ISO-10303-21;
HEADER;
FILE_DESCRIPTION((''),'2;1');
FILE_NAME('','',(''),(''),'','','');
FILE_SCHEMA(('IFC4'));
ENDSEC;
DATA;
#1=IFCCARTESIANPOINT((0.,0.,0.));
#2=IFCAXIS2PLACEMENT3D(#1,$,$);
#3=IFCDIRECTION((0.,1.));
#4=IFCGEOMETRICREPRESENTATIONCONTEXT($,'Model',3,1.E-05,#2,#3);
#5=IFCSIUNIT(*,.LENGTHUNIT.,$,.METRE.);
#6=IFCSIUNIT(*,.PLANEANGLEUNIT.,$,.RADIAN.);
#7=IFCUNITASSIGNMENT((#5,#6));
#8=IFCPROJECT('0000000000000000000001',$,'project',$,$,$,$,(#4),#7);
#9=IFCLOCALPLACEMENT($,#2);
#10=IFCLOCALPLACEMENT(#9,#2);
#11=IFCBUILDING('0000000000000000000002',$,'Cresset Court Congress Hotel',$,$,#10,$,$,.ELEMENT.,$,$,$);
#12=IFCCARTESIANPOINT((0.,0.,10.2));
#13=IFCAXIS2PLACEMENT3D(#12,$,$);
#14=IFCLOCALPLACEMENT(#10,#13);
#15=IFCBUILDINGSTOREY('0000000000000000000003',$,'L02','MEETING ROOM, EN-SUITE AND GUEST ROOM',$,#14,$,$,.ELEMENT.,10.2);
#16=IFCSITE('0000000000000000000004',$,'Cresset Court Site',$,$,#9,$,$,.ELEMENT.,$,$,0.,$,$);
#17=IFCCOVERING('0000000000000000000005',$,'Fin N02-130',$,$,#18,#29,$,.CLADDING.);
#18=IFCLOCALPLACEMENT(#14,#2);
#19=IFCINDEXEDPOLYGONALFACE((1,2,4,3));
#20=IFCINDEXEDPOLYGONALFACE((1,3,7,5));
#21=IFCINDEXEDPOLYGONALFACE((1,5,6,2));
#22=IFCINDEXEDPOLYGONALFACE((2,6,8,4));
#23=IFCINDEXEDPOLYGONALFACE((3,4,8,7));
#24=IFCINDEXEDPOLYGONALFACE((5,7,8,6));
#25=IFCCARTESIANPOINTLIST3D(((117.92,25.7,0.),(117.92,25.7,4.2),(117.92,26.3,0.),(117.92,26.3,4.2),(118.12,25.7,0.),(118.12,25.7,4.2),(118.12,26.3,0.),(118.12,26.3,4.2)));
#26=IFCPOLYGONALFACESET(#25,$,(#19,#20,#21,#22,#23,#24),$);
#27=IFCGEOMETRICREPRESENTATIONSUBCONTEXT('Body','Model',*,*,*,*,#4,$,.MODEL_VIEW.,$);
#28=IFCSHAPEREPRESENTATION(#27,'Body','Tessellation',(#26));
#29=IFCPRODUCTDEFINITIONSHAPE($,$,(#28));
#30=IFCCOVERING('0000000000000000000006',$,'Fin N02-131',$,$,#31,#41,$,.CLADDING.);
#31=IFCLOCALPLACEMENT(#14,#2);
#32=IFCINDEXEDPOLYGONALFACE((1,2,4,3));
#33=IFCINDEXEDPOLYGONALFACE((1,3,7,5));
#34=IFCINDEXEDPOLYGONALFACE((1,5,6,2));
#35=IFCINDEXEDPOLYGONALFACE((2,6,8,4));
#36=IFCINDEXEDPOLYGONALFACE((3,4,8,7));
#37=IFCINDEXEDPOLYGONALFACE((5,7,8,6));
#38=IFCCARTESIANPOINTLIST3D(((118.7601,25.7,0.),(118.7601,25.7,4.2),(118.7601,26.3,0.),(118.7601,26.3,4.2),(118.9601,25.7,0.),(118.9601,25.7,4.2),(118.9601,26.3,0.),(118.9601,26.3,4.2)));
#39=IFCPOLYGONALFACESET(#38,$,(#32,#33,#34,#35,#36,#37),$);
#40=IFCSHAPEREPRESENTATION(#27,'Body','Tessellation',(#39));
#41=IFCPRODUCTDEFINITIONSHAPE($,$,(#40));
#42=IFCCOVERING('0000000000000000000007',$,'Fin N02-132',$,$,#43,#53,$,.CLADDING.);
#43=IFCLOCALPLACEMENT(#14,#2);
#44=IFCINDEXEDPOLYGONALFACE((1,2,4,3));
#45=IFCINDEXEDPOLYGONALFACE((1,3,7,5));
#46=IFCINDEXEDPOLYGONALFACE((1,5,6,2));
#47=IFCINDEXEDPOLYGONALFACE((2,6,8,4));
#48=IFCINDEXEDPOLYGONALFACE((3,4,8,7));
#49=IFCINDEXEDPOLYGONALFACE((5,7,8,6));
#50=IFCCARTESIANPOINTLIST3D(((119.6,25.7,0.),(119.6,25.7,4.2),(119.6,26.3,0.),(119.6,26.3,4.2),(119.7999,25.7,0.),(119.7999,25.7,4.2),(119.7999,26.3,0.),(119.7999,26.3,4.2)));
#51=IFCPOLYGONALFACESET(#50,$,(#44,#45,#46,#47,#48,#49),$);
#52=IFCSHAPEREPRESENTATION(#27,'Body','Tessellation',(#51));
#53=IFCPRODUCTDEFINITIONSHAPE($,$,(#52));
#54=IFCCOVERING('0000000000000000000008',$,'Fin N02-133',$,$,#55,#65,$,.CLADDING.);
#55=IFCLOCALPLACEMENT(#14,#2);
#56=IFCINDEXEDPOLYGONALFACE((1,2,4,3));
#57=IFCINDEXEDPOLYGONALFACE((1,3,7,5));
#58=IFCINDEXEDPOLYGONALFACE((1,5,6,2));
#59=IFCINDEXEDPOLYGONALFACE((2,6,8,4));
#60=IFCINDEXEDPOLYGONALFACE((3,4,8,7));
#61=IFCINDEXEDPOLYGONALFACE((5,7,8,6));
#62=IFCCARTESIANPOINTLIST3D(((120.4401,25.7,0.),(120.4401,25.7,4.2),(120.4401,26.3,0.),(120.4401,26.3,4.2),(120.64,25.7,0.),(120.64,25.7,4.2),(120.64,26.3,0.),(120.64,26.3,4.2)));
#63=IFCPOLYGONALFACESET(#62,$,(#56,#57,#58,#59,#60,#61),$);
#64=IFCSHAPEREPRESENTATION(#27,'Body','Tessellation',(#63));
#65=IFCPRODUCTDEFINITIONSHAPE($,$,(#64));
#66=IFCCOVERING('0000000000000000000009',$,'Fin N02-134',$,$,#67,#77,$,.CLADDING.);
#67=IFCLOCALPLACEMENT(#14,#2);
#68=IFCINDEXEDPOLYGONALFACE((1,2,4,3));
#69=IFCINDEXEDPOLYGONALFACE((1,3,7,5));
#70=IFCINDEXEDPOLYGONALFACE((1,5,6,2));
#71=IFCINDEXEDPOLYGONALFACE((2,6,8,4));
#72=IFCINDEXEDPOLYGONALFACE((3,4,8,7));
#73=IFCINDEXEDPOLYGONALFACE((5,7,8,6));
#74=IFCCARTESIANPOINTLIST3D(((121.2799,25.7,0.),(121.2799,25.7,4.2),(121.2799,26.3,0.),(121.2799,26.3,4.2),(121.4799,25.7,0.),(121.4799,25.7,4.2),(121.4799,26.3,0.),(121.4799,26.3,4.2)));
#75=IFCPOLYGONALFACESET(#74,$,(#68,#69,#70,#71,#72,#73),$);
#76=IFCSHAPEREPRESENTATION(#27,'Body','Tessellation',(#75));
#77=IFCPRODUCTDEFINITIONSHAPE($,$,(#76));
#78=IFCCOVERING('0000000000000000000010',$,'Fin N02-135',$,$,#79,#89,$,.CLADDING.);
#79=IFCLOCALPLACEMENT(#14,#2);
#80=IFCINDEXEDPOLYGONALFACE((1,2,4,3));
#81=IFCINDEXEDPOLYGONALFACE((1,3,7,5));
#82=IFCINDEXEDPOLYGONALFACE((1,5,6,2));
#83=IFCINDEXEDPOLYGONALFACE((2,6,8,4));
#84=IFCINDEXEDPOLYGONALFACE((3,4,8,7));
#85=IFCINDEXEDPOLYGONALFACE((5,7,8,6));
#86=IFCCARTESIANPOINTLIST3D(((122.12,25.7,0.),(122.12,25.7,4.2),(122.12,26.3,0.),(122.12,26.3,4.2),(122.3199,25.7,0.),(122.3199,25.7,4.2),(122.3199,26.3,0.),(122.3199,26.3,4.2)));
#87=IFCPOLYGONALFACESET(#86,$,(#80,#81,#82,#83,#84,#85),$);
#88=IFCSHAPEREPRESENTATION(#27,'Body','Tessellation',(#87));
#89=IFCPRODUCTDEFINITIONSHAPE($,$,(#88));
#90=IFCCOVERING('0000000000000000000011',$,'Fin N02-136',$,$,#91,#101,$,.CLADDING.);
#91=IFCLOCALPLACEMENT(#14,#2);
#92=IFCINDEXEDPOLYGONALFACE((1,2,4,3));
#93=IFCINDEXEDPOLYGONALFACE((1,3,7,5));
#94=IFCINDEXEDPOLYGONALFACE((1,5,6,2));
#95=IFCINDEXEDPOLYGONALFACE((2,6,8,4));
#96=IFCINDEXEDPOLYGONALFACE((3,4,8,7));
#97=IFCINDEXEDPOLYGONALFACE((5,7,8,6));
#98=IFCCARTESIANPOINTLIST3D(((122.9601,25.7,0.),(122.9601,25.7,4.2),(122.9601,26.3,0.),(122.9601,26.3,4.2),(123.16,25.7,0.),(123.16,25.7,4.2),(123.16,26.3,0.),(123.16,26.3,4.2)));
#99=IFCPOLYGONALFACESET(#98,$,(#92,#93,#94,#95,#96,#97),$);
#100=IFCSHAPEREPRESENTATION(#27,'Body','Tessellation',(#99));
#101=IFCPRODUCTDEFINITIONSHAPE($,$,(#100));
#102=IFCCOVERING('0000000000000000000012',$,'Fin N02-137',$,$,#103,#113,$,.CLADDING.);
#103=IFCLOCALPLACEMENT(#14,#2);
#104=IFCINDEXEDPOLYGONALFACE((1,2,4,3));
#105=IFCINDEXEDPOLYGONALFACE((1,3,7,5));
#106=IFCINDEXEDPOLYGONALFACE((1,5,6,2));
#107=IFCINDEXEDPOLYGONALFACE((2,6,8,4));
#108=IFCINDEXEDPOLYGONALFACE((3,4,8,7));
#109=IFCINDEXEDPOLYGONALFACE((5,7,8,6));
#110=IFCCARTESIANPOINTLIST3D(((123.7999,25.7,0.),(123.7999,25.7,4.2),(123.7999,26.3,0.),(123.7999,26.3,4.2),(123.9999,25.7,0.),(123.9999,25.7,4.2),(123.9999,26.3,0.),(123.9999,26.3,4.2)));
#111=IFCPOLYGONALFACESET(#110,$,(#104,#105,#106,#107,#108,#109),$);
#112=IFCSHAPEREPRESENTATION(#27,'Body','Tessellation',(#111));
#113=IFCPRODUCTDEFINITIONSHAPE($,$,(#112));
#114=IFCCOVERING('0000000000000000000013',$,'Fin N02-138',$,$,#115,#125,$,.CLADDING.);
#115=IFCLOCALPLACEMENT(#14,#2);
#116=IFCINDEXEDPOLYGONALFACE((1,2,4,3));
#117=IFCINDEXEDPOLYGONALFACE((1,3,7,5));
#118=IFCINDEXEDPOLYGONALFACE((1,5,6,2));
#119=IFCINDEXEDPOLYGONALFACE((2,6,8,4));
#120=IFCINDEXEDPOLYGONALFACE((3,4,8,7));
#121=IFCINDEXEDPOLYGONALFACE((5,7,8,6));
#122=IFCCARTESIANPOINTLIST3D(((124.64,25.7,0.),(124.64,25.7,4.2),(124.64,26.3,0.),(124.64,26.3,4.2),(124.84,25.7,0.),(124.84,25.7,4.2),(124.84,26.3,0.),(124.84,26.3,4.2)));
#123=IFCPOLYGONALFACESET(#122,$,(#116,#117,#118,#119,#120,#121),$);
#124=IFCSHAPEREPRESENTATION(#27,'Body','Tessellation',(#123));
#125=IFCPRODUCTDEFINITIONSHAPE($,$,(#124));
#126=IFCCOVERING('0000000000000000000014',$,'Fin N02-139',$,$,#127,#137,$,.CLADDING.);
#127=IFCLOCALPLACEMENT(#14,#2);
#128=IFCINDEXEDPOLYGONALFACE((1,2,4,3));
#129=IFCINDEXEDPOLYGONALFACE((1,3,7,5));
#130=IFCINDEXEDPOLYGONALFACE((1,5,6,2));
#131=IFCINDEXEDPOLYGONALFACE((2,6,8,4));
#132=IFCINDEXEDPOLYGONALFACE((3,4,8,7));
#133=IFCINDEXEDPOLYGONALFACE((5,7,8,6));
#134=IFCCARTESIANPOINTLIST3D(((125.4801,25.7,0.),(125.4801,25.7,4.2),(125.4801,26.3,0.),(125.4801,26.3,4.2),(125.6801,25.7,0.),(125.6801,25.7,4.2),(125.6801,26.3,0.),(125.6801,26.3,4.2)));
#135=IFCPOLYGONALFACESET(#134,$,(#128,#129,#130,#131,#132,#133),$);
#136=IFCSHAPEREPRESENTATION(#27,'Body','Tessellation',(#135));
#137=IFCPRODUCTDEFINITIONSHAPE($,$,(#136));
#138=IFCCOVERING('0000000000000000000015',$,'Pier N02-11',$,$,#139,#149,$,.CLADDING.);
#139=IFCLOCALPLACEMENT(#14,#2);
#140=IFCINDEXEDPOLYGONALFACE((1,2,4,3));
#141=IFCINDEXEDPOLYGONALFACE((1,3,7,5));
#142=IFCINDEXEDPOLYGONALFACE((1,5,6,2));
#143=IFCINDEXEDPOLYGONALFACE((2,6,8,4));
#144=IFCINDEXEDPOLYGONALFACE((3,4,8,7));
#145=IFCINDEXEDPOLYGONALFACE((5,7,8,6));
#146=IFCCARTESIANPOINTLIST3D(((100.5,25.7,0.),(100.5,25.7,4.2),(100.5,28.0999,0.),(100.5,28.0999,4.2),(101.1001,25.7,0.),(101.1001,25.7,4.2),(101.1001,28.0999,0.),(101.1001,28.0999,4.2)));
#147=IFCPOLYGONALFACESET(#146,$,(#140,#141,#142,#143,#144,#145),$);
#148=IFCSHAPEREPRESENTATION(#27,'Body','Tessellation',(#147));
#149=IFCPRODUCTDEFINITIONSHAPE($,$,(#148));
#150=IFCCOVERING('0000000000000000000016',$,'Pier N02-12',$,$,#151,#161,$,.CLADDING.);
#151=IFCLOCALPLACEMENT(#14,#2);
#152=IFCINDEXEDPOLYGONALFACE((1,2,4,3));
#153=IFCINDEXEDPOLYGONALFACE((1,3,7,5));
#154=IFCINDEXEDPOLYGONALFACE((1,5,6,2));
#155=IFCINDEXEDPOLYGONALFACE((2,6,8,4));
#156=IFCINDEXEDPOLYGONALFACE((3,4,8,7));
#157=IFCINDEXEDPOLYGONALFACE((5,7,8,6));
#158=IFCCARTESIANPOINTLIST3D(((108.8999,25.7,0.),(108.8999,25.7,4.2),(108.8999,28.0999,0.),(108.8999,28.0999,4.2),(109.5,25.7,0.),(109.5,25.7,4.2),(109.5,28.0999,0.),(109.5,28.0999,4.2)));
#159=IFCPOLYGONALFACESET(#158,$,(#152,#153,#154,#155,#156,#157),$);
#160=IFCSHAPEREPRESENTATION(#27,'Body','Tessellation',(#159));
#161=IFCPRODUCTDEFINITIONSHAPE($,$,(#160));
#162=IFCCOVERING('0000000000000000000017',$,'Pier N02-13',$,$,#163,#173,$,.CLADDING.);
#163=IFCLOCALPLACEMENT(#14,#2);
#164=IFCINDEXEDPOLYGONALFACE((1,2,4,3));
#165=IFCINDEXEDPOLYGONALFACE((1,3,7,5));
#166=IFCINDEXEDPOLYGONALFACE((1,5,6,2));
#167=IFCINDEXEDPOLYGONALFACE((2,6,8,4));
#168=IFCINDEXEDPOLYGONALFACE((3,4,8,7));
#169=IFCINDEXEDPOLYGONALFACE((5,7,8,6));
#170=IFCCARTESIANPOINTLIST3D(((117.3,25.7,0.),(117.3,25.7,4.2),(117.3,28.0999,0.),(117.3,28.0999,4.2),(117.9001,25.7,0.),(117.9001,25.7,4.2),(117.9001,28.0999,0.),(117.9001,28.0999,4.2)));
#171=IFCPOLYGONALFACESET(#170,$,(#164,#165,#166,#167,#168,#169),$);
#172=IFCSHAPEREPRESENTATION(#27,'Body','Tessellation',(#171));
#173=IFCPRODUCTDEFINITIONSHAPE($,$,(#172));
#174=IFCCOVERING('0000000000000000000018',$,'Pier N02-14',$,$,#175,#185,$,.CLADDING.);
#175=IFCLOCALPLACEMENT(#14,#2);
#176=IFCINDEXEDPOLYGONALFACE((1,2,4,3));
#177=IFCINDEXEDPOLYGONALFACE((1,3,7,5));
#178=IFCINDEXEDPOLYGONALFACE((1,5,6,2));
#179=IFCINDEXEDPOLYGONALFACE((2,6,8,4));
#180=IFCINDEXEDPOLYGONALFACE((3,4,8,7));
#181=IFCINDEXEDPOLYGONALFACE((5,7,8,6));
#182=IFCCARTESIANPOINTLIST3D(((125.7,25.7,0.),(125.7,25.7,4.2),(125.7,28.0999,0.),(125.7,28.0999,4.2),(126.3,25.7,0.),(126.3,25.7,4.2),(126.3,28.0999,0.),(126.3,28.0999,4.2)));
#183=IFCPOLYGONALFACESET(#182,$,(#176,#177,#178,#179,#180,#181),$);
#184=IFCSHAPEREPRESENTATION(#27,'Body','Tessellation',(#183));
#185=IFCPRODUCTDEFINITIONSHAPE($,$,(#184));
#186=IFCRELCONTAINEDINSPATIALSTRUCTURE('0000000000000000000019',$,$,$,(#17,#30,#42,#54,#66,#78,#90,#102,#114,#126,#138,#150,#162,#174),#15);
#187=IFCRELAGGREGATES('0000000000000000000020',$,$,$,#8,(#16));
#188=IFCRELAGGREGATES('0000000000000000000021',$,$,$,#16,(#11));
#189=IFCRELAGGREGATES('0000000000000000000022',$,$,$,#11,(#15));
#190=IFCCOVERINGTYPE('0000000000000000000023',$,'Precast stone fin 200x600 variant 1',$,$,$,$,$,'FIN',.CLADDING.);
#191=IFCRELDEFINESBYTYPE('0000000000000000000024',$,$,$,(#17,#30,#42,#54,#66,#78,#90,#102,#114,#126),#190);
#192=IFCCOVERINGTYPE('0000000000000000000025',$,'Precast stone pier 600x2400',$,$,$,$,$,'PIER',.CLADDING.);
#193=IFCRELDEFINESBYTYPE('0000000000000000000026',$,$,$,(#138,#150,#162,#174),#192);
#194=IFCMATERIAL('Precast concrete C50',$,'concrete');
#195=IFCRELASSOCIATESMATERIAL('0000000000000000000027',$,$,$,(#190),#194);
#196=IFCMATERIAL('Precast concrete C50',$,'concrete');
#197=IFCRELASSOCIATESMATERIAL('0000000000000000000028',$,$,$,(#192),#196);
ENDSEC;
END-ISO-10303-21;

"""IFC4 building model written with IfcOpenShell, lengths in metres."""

from ifc_helpers import new_model, si_unit, direction, frame, origin, origin_2d, place, context, subcontext, project, spatial, rectangle, extrude, material, type_object, element, save


model = new_model("IFC4")

# Units and contexts
model_context = context("Model", 3, precision=1e-05, world=origin(), true_north=direction((0.0, 1.0)))
body_context = subcontext(model_context, "Body", "Model", "MODEL_VIEW")
ifc_project = project(units=[si_unit("LENGTHUNIT", "METRE"), si_unit("PLANEANGLEUNIT", "RADIAN")], contexts=[model_context])

# Site, building, storey
site_placement = place(None, origin())
site = spatial("IfcSite", under=ifc_project, at=site_placement, Name="Cresset Court Site", CompositionType="ELEMENT", RefElevation=0.0)
building_placement = place(site_placement, origin())
building = spatial("IfcBuilding", under=site, at=building_placement, Name="Cresset Court Congress Hotel", CompositionType="ELEMENT")
storey_placement = place(building_placement, frame((0.0, 0.0, 10.2)))
storey = spatial("IfcBuildingStorey", under=building, at=storey_placement, Name="L02", Description="MEETING ROOM, EN-SUITE AND GUEST ROOM", CompositionType="ELEMENT", Elevation=10.2)

# Coverings
ifc_material_1 = material(Name="Precast concrete C50", Category="concrete")
covering_type_1 = type_object("IfcCoveringType", Name="Precast stone fin 200x600 variant 1", ElementType="FIN", PredefinedType="CLADDING", material=ifc_material_1)
for number, where, z_axis, x_axis, name in (
    (1, (118.02, 26.0, 0.0), (0.0, 0.0, 1.0), (1.0, 0.0, 0.0), "Fin N02-130"),
    (2, (118.8601, 26.0, 0.0), (0.0, 0.0, 1.0), (1.0, 0.0, 0.0), "Fin N02-131"),
    (3, (119.7, 26.0, 0.0), (0.0, 0.0, 1.0), (1.0, 0.0, 0.0), "Fin N02-132"),
    (4, (120.54, 26.0, 0.0), (0.0, 0.0, 1.0), (1.0, 0.0, 0.0), "Fin N02-133"),
    (5, (121.3799, 26.0, 0.0), (0.0, 0.0, 1.0), (1.0, 0.0, 0.0), "Fin N02-134"),
    (6, (122.22, 26.0, 0.0), (0.0, 0.0, 1.0), (1.0, 0.0, 0.0), "Fin N02-135"),
    (7, (123.0601, 26.0, 0.0), (0.0, 0.0, 1.0), (1.0, 0.0, 0.0), "Fin N02-136"),
    (8, (123.8999, 26.0, 0.0), (0.0, 0.0, 1.0), (1.0, 0.0, 0.0), "Fin N02-137"),
    (9, (124.74, 26.0, 0.0), (0.0, 0.0, 1.0), (1.0, 0.0, 0.0), "Fin N02-138"),
    (10, (125.5801, 26.0, 0.0), (0.0, 0.0, 1.0), (1.0, 0.0, 0.0), "Fin N02-139"),
):
    element("IfcCovering", number, at=place(storey_placement, frame(where, z_axis=z_axis, x_axis=x_axis)), inside=storey, type_object=covering_type_1, Name=name, PredefinedType="CLADDING", context=body_context, shape_type="SweptSolid", body=[
        extrude(rectangle(XDim=0.2, YDim=0.6001, at=origin_2d()), origin(), (0.0, 0.0, 1.0), 4.2),
    ])
ifc_material_2 = material(Name="Precast concrete C50", Category="concrete")
covering_type_2 = type_object("IfcCoveringType", Name="Precast stone pier 600x2400", ElementType="PIER", PredefinedType="CLADDING", material=ifc_material_2)
for number, where, z_axis, x_axis, name in (
    (11, (100.8, 26.8999, 0.0), (0.0, 0.0, 1.0), (1.0, 0.0, 0.0), "Pier N02-11"),
    (12, (109.2, 26.8999, 0.0), (0.0, 0.0, 1.0), (1.0, 0.0, 0.0), "Pier N02-12"),
    (13, (117.6001, 26.8999, 0.0), (0.0, 0.0, 1.0), (1.0, 0.0, 0.0), "Pier N02-13"),
    (14, (126.0, 26.8999, 0.0), (0.0, 0.0, 1.0), (1.0, 0.0, 0.0), "Pier N02-14"),
):
    element("IfcCovering", number, at=place(storey_placement, frame(where, z_axis=z_axis, x_axis=x_axis)), inside=storey, type_object=covering_type_2, Name=name, PredefinedType="CLADDING", context=body_context, shape_type="SweptSolid", body=[
        extrude(rectangle(XDim=0.6001, YDim=2.3999, at=origin_2d()), origin(), (0.0, 0.0, 1.0), 4.2),
    ])

save(model, "model.ifc")
